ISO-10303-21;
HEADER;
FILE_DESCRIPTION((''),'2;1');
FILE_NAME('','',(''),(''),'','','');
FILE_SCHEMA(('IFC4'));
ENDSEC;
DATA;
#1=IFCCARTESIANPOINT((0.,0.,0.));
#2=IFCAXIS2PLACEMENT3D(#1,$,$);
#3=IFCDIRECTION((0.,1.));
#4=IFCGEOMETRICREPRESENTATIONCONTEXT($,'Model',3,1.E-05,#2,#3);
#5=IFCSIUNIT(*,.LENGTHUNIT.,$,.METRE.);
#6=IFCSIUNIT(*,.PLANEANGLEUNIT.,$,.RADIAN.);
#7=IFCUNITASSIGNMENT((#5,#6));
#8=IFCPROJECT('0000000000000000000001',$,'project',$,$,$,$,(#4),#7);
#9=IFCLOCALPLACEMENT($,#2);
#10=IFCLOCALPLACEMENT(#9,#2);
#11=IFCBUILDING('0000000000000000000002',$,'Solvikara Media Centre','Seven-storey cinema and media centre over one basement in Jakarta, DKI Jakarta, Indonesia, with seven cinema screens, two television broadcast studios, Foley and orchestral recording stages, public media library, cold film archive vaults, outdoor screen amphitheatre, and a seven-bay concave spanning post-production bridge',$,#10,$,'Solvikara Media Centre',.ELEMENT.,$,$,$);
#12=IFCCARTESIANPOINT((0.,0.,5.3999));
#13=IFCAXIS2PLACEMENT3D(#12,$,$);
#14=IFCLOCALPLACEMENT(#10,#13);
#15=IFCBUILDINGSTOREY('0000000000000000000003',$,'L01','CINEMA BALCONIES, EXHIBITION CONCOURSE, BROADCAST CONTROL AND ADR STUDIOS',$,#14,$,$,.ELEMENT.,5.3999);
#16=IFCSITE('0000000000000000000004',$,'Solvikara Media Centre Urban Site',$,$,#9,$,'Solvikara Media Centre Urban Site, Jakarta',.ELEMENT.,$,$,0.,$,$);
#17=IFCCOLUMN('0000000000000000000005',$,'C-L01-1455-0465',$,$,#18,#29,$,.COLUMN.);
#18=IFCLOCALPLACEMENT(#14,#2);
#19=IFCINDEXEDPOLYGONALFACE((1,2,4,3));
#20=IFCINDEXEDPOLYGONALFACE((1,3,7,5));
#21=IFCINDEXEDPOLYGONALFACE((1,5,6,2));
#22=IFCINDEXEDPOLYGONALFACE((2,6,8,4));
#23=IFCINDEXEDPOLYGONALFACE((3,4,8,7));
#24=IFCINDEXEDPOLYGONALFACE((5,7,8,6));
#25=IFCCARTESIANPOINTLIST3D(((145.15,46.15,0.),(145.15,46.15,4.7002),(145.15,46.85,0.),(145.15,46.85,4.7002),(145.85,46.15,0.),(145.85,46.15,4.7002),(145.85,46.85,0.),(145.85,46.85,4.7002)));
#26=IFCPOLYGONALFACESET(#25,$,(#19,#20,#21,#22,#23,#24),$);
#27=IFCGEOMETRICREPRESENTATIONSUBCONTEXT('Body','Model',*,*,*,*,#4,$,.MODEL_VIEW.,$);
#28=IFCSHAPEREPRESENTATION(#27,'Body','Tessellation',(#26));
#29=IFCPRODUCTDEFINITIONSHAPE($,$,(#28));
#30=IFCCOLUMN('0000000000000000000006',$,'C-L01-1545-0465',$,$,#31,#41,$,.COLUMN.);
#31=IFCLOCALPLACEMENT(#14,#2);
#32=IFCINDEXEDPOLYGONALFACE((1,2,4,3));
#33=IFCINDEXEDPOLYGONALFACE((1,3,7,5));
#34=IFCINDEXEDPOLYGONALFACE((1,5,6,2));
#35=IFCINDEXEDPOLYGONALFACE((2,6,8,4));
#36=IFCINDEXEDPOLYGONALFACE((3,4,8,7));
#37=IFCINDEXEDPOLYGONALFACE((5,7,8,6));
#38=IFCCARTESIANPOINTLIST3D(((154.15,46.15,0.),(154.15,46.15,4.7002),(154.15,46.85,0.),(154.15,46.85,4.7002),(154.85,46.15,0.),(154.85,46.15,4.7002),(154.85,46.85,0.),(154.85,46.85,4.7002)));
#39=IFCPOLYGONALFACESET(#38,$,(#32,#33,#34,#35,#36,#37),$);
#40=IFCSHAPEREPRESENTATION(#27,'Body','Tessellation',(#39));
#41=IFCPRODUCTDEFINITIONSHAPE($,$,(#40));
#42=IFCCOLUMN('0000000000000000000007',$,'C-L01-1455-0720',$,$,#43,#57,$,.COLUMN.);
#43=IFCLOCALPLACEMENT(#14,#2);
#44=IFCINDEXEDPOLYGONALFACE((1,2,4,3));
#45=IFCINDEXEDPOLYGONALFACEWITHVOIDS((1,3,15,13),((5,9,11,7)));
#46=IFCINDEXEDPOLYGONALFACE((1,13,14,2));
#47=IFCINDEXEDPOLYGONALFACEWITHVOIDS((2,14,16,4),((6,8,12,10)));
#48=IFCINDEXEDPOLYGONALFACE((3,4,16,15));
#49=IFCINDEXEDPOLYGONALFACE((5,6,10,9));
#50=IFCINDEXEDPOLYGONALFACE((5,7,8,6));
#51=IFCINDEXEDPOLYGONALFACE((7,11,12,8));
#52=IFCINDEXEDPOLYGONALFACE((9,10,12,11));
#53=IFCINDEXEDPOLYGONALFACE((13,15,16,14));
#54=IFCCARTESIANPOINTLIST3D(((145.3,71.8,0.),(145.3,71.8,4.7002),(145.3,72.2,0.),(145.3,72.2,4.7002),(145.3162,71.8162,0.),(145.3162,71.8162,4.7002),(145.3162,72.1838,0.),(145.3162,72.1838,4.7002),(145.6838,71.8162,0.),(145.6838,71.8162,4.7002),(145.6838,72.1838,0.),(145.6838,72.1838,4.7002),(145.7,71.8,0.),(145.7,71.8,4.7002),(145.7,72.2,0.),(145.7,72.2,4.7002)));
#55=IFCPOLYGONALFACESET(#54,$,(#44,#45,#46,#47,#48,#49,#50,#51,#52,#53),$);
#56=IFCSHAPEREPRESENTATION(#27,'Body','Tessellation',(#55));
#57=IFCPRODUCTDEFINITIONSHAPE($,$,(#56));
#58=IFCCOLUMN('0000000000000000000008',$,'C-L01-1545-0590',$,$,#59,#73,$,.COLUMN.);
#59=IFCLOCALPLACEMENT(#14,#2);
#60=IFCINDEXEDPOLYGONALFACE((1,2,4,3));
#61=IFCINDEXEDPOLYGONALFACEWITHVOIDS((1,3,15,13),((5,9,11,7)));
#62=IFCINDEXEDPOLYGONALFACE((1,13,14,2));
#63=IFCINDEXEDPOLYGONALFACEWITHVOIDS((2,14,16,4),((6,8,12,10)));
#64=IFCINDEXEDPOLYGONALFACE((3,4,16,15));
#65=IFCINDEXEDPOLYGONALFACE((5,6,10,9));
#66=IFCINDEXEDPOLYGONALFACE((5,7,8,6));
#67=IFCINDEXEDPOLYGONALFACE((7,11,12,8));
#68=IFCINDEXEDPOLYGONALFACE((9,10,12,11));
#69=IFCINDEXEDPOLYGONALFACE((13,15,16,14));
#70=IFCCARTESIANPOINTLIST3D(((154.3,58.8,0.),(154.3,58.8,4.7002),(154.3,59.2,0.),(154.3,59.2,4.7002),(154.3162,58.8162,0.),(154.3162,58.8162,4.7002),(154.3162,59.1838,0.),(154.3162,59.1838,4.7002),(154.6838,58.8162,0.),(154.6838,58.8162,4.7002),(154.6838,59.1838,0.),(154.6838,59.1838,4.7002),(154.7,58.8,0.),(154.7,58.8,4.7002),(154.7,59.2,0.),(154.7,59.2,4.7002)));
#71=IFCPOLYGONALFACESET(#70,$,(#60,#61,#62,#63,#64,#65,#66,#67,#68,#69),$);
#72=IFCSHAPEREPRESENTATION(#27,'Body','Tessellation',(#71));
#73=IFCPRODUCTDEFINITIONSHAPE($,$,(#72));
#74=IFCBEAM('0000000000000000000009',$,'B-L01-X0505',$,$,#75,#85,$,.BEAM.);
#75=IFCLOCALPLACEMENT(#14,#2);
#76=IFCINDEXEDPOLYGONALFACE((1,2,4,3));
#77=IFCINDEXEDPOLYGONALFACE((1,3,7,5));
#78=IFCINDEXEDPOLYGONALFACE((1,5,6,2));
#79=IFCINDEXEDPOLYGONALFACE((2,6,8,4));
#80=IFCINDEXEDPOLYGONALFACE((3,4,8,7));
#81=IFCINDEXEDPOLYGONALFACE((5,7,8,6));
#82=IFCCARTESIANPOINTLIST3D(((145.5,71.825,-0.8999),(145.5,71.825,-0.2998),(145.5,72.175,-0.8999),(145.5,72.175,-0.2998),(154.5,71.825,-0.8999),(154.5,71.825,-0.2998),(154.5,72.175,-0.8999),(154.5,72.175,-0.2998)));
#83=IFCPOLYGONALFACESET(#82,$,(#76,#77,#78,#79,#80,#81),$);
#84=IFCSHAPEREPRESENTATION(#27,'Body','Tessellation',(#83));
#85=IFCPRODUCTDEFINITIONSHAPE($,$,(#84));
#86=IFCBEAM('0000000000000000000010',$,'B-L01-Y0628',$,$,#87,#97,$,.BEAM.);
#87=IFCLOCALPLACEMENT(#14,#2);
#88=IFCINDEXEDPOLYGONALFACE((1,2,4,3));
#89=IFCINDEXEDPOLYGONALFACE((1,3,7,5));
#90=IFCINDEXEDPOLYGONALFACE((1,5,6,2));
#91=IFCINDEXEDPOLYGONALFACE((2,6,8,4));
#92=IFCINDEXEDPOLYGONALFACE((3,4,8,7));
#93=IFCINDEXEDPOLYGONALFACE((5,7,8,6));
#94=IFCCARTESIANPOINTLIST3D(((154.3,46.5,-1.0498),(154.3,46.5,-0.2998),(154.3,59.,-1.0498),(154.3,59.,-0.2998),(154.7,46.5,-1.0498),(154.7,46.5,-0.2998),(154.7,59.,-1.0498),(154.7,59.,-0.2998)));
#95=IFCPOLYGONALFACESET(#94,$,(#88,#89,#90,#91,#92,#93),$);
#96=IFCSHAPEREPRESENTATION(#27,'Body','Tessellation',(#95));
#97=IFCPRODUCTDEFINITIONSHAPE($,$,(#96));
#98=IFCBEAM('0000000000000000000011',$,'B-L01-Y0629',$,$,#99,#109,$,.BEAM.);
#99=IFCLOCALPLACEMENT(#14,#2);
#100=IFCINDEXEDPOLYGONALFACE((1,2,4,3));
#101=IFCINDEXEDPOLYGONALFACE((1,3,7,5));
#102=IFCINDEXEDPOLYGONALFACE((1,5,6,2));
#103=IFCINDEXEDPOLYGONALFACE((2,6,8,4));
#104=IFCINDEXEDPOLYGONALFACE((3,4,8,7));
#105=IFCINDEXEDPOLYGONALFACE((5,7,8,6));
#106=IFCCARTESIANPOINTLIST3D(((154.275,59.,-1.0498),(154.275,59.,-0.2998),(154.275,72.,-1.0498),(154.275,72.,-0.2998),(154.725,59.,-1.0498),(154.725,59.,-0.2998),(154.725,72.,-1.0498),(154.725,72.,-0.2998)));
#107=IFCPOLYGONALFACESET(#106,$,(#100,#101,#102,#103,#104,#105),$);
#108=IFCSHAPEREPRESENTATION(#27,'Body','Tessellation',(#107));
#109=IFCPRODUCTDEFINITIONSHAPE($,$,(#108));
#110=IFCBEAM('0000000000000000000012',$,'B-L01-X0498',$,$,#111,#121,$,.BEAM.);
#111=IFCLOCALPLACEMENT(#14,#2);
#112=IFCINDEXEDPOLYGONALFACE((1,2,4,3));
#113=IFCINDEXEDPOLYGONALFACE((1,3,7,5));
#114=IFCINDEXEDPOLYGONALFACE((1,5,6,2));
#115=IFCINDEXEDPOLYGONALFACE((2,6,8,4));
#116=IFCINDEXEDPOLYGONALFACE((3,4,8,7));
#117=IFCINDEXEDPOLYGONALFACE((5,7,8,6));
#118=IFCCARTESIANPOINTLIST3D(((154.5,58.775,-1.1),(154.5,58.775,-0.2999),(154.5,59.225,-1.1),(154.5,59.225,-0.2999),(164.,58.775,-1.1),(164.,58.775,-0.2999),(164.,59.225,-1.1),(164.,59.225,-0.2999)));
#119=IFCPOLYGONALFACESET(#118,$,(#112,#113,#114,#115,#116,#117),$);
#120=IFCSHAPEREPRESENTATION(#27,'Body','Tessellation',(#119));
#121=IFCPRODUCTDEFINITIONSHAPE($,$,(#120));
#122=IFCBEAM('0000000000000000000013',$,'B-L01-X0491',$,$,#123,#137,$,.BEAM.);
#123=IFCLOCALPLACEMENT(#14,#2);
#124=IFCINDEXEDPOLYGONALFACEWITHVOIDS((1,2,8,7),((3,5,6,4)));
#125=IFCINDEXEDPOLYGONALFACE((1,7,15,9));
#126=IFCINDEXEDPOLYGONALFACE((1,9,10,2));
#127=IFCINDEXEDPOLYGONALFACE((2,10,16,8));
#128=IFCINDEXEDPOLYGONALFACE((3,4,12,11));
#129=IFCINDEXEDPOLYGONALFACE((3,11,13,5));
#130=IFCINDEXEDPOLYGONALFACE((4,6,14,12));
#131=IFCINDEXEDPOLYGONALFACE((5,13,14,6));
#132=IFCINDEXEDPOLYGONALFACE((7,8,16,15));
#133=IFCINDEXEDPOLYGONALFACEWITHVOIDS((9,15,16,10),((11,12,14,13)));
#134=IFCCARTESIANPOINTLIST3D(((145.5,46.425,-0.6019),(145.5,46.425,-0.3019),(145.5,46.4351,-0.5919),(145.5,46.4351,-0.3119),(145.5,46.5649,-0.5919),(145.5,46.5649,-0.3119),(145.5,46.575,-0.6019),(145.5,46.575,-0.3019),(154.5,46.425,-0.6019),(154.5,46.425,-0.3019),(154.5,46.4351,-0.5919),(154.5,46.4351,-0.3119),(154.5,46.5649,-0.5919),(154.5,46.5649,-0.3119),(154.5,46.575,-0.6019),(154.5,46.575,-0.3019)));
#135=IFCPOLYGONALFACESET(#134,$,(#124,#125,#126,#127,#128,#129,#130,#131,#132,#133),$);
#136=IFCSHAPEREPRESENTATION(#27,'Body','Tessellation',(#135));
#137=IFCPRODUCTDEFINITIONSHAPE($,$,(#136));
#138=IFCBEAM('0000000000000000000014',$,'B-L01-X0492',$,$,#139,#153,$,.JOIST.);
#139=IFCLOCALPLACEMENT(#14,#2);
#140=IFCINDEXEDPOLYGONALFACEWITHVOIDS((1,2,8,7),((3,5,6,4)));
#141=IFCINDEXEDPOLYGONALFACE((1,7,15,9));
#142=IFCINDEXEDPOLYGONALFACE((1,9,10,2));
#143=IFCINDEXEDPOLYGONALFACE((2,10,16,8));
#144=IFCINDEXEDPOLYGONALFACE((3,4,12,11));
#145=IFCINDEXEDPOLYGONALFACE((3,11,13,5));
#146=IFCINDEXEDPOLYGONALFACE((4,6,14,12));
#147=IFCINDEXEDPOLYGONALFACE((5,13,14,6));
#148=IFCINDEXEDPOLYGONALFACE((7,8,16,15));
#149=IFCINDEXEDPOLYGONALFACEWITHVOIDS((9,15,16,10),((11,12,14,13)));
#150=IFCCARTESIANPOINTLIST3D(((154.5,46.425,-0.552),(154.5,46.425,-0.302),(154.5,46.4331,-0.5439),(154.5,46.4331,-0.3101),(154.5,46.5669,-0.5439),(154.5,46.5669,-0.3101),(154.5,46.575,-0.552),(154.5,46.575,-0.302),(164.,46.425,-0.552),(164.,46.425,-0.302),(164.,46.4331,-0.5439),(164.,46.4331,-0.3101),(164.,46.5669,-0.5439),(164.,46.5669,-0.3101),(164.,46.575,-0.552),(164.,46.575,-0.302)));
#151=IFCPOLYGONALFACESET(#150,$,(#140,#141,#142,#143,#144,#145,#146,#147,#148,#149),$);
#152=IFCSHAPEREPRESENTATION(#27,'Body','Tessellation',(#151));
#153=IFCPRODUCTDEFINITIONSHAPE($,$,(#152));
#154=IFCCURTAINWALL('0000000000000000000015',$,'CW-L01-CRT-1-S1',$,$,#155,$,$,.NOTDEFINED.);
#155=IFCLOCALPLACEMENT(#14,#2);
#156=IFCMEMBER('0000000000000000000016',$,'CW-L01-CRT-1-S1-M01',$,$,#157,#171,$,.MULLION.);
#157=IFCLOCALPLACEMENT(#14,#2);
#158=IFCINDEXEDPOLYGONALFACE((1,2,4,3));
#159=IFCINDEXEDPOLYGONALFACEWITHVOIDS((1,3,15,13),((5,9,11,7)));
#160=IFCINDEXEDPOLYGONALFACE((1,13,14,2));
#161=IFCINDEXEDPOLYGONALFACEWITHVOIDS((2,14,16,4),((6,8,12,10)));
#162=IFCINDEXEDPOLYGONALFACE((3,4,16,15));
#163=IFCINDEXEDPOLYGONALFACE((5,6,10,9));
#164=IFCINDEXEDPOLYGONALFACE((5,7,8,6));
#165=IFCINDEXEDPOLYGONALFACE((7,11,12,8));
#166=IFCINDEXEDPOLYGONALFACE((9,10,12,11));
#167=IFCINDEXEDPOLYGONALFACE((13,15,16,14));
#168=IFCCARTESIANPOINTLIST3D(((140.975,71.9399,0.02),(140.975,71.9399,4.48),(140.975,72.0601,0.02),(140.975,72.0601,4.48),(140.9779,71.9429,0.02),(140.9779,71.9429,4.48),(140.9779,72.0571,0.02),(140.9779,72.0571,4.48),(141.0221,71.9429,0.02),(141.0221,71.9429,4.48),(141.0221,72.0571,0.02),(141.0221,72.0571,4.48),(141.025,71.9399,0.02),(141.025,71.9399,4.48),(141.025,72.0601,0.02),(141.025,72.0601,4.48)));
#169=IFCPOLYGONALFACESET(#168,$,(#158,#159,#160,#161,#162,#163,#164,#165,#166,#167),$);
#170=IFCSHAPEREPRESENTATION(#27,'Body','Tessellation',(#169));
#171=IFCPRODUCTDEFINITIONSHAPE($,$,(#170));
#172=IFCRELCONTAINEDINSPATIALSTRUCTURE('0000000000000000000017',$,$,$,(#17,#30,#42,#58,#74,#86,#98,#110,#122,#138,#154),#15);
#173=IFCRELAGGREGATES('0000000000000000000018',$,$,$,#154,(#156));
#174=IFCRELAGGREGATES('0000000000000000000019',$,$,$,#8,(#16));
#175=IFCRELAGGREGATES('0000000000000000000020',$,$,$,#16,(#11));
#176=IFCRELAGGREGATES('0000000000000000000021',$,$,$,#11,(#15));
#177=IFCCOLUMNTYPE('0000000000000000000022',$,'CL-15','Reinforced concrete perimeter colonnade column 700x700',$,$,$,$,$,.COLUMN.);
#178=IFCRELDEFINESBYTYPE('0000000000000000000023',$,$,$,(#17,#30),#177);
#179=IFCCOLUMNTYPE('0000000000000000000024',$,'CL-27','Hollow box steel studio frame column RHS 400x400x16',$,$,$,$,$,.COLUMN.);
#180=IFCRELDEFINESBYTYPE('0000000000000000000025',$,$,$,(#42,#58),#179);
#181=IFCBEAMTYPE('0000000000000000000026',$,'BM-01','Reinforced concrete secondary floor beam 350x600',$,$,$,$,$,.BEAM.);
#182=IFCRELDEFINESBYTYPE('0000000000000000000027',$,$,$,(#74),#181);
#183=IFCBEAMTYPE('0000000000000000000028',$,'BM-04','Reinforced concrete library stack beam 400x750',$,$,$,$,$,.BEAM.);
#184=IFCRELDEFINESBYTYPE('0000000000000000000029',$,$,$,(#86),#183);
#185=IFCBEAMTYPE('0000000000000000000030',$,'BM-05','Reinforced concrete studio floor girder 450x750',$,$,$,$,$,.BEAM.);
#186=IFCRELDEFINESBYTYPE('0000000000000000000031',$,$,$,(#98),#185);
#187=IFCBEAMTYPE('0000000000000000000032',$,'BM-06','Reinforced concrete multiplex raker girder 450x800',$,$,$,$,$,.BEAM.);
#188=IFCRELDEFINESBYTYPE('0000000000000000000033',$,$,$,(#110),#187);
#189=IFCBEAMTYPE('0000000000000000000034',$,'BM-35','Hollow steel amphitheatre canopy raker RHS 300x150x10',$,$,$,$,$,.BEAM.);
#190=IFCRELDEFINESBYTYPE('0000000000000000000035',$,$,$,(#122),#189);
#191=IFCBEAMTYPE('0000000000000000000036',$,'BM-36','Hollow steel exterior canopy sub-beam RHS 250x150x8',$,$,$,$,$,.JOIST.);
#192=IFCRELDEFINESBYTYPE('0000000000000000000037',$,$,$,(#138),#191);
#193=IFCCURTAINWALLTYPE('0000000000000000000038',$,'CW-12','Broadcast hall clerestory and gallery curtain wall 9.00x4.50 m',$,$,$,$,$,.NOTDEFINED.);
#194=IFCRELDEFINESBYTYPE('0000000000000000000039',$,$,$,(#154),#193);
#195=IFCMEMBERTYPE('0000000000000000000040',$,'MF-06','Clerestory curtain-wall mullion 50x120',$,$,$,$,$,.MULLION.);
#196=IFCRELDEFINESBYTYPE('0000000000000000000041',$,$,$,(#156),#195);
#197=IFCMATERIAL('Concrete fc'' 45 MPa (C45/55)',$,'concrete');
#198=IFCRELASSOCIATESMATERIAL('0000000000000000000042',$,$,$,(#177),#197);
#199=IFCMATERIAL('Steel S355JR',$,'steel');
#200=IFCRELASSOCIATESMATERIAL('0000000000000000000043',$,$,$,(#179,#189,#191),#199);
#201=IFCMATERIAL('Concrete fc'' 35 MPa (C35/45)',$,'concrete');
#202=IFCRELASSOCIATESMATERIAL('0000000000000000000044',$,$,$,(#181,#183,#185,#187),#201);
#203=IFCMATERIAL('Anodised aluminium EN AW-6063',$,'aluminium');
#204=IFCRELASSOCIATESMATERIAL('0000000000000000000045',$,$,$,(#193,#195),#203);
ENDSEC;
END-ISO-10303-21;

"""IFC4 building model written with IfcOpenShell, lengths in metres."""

from ifc_helpers import new_model, si_unit, direction, frame, origin, origin_2d, place, context, subcontext, project, spatial, rectangle, hollow_rectangle, extrude, material, material_profile, profile_set, type_object, element, aggregate, save


model = new_model("IFC4")

# Units and contexts
model_context = context("Model", 3, precision=1e-05, world=origin(), true_north=direction((0.0, 1.0)))
body_context = subcontext(model_context, "Body", "Model", "MODEL_VIEW")
ifc_project = project(units=[si_unit("LENGTHUNIT", "METRE"), si_unit("PLANEANGLEUNIT", "RADIAN")], contexts=[model_context])

# Site, building, storey
site_placement = place(None, origin())
site = spatial("IfcSite", under=ifc_project, at=site_placement, Name="Solvikara Media Centre Urban Site", LongName="Solvikara Media Centre Urban Site, Jakarta", CompositionType="ELEMENT", RefElevation=0.0)
building_placement = place(site_placement, origin())
building = spatial("IfcBuilding", under=site, at=building_placement, Name="Solvikara Media Centre", Description="Seven-storey cinema and media centre over one basement in Jakarta, DKI Jakarta, Indonesia, with seven cinema screens, two television broadcast studios, Foley and orchestral recording stages, public media library, cold film archive vaults, outdoor screen amphitheatre, and a seven-bay concave spanning post-production bridge", LongName="Solvikara Media Centre", CompositionType="ELEMENT")
storey_placement = place(building_placement, frame((0.0, 0.0, 5.3999)))
storey = spatial("IfcBuildingStorey", under=building, at=storey_placement, Name="L01", Description="CINEMA BALCONIES, EXHIBITION CONCOURSE, BROADCAST CONTROL AND ADR STUDIOS", CompositionType="ELEMENT", Elevation=5.3999)

# Columns
ifc_material_1 = material(Name="Concrete fc' 45 MPa (C45/55)", Category="concrete")
ifc_material_profile_1 = material_profile(ifc_material_1, rectangle(XDim=0.7, YDim=0.7, at=origin_2d()), Name="RC 700x700")
ifc_profile_set_1 = profile_set([ifc_material_profile_1], Name="Concrete fc' 45 MPa (C45/55)")
column_type_1 = type_object("IfcColumnType", Name="CL-15", Description="Reinforced concrete perimeter colonnade column 700x700", PredefinedType="COLUMN", material=ifc_profile_set_1)
for number, where, z_axis, x_axis, name in (
    (1, (145.5, 46.5, 0.0), (0.0, 0.0, 1.0), (1.0, 0.0, 0.0), "C-L01-1455-0465"),
    (2, (154.5, 46.5, 0.0), (0.0, 0.0, 1.0), (1.0, 0.0, 0.0), "C-L01-1545-0465"),
):
    element("IfcColumn", number, at=place(storey_placement, frame(where, z_axis=z_axis, x_axis=x_axis)), inside=storey, type_object=column_type_1, Name=name, PredefinedType="COLUMN", context=body_context, shape_type="SweptSolid", body=[
        extrude(rectangle(XDim=0.7, YDim=0.7, at=origin_2d()), origin(), (0.0, 0.0, 1.0), 4.7002),
    ])
ifc_material_2 = material(Name="Steel S355JR", Category="steel")
ifc_material_profile_2 = material_profile(ifc_material_2, hollow_rectangle(XDim=0.3999, YDim=0.3999, WallThickness=0.0161, at=origin_2d()), Name="RHS 400x400x16")
ifc_profile_set_2 = profile_set([ifc_material_profile_2], Name="Steel S355JR")
column_type_2 = type_object("IfcColumnType", Name="CL-27", Description="Hollow box steel studio frame column RHS 400x400x16", PredefinedType="COLUMN", material=ifc_profile_set_2)
for number, where, z_axis, x_axis, name in (
    (3, (145.5, 72.0, 0.0), (0.0, 0.0, 1.0), (1.0, 0.0, 0.0), "C-L01-1455-0720"),
    (4, (154.5, 59.0, 0.0), (0.0, 0.0, 1.0), (1.0, 0.0, 0.0), "C-L01-1545-0590"),
):
    element("IfcColumn", number, at=place(storey_placement, frame(where, z_axis=z_axis, x_axis=x_axis)), inside=storey, type_object=column_type_2, Name=name, PredefinedType="COLUMN", context=body_context, shape_type="SweptSolid", body=[
        extrude(hollow_rectangle(XDim=0.3999, YDim=0.3999, WallThickness=0.0161, at=origin_2d()), origin(), (0.0, 0.0, 1.0), 4.7002),
    ])

# Beams
ifc_material_3 = material(Name="Concrete fc' 35 MPa (C35/45)", Category="concrete")
ifc_material_profile_3 = material_profile(ifc_material_3, rectangle(XDim=0.3501, YDim=0.6001, at=origin_2d()), Name="RC 350x600")
ifc_profile_set_3 = profile_set([ifc_material_profile_3], Name="Concrete fc' 35 MPa (C35/45)")
beam_type_1 = type_object("IfcBeamType", Name="BM-01", Description="Reinforced concrete secondary floor beam 350x600", PredefinedType="BEAM", material=ifc_profile_set_3)
beam_1_placement = place(storey_placement, frame((145.5, 72.0, -0.5999), z_axis=(1.0, 0.0, 0.0), x_axis=(0.0, 1.0, 0.0)))
element("IfcBeam", 5, at=beam_1_placement, inside=storey, type_object=beam_type_1, Name="B-L01-X0505", PredefinedType="BEAM", context=body_context, shape_type="SweptSolid", body=[
    extrude(rectangle(XDim=0.3501, YDim=0.6001, at=origin_2d()), origin(), (0.0, 0.0, 1.0), 9.0),
])
ifc_material_profile_4 = material_profile(ifc_material_3, rectangle(XDim=0.3999, YDim=0.75, at=origin_2d()), Name="RC 400x750")
ifc_profile_set_4 = profile_set([ifc_material_profile_4], Name="Concrete fc' 35 MPa (C35/45)")
beam_type_2 = type_object("IfcBeamType", Name="BM-04", Description="Reinforced concrete library stack beam 400x750", PredefinedType="BEAM", material=ifc_profile_set_4)
beam_2_placement = place(storey_placement, frame((154.5, 46.5, -0.6748), z_axis=(0.0, 1.0, 0.0), x_axis=(-1.0, 0.0, 0.0)))
element("IfcBeam", 6, at=beam_2_placement, inside=storey, type_object=beam_type_2, Name="B-L01-Y0628", PredefinedType="BEAM", context=body_context, shape_type="SweptSolid", body=[
    extrude(rectangle(XDim=0.3999, YDim=0.75, at=origin_2d()), origin(), (0.0, 0.0, 1.0), 12.5),
])
ifc_material_profile_5 = material_profile(ifc_material_3, rectangle(XDim=0.45, YDim=0.75, at=origin_2d()), Name="RC 450x750")
ifc_profile_set_5 = profile_set([ifc_material_profile_5], Name="Concrete fc' 35 MPa (C35/45)")
beam_type_3 = type_object("IfcBeamType", Name="BM-05", Description="Reinforced concrete studio floor girder 450x750", PredefinedType="BEAM", material=ifc_profile_set_5)
beam_3_placement = place(storey_placement, frame((154.5, 59.0, -0.6748), z_axis=(0.0, 1.0, 0.0), x_axis=(-1.0, 0.0, 0.0)))
element("IfcBeam", 7, at=beam_3_placement, inside=storey, type_object=beam_type_3, Name="B-L01-Y0629", PredefinedType="BEAM", context=body_context, shape_type="SweptSolid", body=[
    extrude(rectangle(XDim=0.45, YDim=0.75, at=origin_2d()), origin(), (0.0, 0.0, 1.0), 13.0),
])
ifc_material_profile_6 = material_profile(ifc_material_3, rectangle(XDim=0.45, YDim=0.8, at=origin_2d()), Name="RC 450x800")
ifc_profile_set_6 = profile_set([ifc_material_profile_6], Name="Concrete fc' 35 MPa (C35/45)")
beam_type_4 = type_object("IfcBeamType", Name="BM-06", Description="Reinforced concrete multiplex raker girder 450x800", PredefinedType="BEAM", material=ifc_profile_set_6)
beam_4_placement = place(storey_placement, frame((154.5, 59.0, -0.7), z_axis=(1.0, 0.0, 0.0), x_axis=(0.0, 1.0, 0.0)))
element("IfcBeam", 8, at=beam_4_placement, inside=storey, type_object=beam_type_4, Name="B-L01-X0498", PredefinedType="BEAM", context=body_context, shape_type="SweptSolid", body=[
    extrude(rectangle(XDim=0.45, YDim=0.8, at=origin_2d()), origin(), (0.0, 0.0, 1.0), 9.5),
])
ifc_material_profile_7 = material_profile(ifc_material_2, hollow_rectangle(XDim=0.1499, YDim=0.3, WallThickness=0.01, at=origin_2d()), Name="RHS 300x150x10")
ifc_profile_set_7 = profile_set([ifc_material_profile_7], Name="Steel S355JR")
beam_type_5 = type_object("IfcBeamType", Name="BM-35", Description="Hollow steel amphitheatre canopy raker RHS 300x150x10", PredefinedType="BEAM", material=ifc_profile_set_7)
beam_5_placement = place(storey_placement, frame((145.5, 46.5, -0.4519), z_axis=(1.0, 0.0, 0.0), x_axis=(0.0, 1.0, 0.0)))
element("IfcBeam", 9, at=beam_5_placement, inside=storey, type_object=beam_type_5, Name="B-L01-X0491", PredefinedType="BEAM", context=body_context, shape_type="SweptSolid", body=[
    extrude(hollow_rectangle(XDim=0.1499, YDim=0.3, WallThickness=0.01, at=origin_2d()), origin(), (0.0, 0.0, 1.0), 9.0),
])
ifc_material_profile_8 = material_profile(ifc_material_2, hollow_rectangle(XDim=0.1499, YDim=0.25, WallThickness=0.0081, at=origin_2d()), Name="RHS 250x150x8")
ifc_profile_set_8 = profile_set([ifc_material_profile_8], Name="Steel S355JR")
beam_type_6 = type_object("IfcBeamType", Name="BM-36", Description="Hollow steel exterior canopy sub-beam RHS 250x150x8", PredefinedType="JOIST", material=ifc_profile_set_8)
beam_6_placement = place(storey_placement, frame((154.5, 46.5, -0.427), z_axis=(1.0, 0.0, 0.0), x_axis=(0.0, 1.0, 0.0)))
element("IfcBeam", 10, at=beam_6_placement, inside=storey, type_object=beam_type_6, Name="B-L01-X0492", PredefinedType="JOIST", context=body_context, shape_type="SweptSolid", body=[
    extrude(hollow_rectangle(XDim=0.1499, YDim=0.25, WallThickness=0.0081, at=origin_2d()), origin(), (0.0, 0.0, 1.0), 9.5),
])

# Curtain wall, member
ifc_material_4 = material(Name="Anodised aluminium EN AW-6063", Category="aluminium")
curtain_wall_type = type_object("IfcCurtainWallType", Name="CW-12", Description="Broadcast hall clerestory and gallery curtain wall 9.00x4.50 m", PredefinedType="NOTDEFINED", material=ifc_material_4)
curtain_wall_1_placement = place(storey_placement, origin())
curtain_wall_1 = element("IfcCurtainWall", 11, at=curtain_wall_1_placement, inside=storey, type_object=curtain_wall_type, Name="CW-L01-CRT-1-S1", PredefinedType="NOTDEFINED")
ifc_material_profile_9 = material_profile(ifc_material_4, hollow_rectangle(XDim=0.05, YDim=0.1201, WallThickness=0.0029, at=origin_2d()), Name="ALU-M 50x120x3")
ifc_profile_set_9 = profile_set([ifc_material_profile_9], Name="Anodised aluminium EN AW-6063")
member_type_1 = type_object("IfcMemberType", Name="MF-06", Description="Clerestory curtain-wall mullion 50x120", PredefinedType="MULLION", material=ifc_profile_set_9)
member_1_placement = place(storey_placement, frame((141.0, 72.0, 0.02), z_axis=(0.0, 0.0, 1.0), x_axis=(1.0, 0.0, 0.0)))
member_1 = element("IfcMember", 12, at=member_1_placement, type_object=member_type_1, Name="CW-L01-CRT-1-S1-M01", PredefinedType="MULLION", context=body_context, shape_type="SweptSolid", body=[
    extrude(hollow_rectangle(XDim=0.05, YDim=0.1201, WallThickness=0.0029, at=origin_2d()), origin(), (0.0, 0.0, 1.0), 4.46),
])

aggregate(curtain_wall_1, [member_1])

save(model, "model.ifc")
